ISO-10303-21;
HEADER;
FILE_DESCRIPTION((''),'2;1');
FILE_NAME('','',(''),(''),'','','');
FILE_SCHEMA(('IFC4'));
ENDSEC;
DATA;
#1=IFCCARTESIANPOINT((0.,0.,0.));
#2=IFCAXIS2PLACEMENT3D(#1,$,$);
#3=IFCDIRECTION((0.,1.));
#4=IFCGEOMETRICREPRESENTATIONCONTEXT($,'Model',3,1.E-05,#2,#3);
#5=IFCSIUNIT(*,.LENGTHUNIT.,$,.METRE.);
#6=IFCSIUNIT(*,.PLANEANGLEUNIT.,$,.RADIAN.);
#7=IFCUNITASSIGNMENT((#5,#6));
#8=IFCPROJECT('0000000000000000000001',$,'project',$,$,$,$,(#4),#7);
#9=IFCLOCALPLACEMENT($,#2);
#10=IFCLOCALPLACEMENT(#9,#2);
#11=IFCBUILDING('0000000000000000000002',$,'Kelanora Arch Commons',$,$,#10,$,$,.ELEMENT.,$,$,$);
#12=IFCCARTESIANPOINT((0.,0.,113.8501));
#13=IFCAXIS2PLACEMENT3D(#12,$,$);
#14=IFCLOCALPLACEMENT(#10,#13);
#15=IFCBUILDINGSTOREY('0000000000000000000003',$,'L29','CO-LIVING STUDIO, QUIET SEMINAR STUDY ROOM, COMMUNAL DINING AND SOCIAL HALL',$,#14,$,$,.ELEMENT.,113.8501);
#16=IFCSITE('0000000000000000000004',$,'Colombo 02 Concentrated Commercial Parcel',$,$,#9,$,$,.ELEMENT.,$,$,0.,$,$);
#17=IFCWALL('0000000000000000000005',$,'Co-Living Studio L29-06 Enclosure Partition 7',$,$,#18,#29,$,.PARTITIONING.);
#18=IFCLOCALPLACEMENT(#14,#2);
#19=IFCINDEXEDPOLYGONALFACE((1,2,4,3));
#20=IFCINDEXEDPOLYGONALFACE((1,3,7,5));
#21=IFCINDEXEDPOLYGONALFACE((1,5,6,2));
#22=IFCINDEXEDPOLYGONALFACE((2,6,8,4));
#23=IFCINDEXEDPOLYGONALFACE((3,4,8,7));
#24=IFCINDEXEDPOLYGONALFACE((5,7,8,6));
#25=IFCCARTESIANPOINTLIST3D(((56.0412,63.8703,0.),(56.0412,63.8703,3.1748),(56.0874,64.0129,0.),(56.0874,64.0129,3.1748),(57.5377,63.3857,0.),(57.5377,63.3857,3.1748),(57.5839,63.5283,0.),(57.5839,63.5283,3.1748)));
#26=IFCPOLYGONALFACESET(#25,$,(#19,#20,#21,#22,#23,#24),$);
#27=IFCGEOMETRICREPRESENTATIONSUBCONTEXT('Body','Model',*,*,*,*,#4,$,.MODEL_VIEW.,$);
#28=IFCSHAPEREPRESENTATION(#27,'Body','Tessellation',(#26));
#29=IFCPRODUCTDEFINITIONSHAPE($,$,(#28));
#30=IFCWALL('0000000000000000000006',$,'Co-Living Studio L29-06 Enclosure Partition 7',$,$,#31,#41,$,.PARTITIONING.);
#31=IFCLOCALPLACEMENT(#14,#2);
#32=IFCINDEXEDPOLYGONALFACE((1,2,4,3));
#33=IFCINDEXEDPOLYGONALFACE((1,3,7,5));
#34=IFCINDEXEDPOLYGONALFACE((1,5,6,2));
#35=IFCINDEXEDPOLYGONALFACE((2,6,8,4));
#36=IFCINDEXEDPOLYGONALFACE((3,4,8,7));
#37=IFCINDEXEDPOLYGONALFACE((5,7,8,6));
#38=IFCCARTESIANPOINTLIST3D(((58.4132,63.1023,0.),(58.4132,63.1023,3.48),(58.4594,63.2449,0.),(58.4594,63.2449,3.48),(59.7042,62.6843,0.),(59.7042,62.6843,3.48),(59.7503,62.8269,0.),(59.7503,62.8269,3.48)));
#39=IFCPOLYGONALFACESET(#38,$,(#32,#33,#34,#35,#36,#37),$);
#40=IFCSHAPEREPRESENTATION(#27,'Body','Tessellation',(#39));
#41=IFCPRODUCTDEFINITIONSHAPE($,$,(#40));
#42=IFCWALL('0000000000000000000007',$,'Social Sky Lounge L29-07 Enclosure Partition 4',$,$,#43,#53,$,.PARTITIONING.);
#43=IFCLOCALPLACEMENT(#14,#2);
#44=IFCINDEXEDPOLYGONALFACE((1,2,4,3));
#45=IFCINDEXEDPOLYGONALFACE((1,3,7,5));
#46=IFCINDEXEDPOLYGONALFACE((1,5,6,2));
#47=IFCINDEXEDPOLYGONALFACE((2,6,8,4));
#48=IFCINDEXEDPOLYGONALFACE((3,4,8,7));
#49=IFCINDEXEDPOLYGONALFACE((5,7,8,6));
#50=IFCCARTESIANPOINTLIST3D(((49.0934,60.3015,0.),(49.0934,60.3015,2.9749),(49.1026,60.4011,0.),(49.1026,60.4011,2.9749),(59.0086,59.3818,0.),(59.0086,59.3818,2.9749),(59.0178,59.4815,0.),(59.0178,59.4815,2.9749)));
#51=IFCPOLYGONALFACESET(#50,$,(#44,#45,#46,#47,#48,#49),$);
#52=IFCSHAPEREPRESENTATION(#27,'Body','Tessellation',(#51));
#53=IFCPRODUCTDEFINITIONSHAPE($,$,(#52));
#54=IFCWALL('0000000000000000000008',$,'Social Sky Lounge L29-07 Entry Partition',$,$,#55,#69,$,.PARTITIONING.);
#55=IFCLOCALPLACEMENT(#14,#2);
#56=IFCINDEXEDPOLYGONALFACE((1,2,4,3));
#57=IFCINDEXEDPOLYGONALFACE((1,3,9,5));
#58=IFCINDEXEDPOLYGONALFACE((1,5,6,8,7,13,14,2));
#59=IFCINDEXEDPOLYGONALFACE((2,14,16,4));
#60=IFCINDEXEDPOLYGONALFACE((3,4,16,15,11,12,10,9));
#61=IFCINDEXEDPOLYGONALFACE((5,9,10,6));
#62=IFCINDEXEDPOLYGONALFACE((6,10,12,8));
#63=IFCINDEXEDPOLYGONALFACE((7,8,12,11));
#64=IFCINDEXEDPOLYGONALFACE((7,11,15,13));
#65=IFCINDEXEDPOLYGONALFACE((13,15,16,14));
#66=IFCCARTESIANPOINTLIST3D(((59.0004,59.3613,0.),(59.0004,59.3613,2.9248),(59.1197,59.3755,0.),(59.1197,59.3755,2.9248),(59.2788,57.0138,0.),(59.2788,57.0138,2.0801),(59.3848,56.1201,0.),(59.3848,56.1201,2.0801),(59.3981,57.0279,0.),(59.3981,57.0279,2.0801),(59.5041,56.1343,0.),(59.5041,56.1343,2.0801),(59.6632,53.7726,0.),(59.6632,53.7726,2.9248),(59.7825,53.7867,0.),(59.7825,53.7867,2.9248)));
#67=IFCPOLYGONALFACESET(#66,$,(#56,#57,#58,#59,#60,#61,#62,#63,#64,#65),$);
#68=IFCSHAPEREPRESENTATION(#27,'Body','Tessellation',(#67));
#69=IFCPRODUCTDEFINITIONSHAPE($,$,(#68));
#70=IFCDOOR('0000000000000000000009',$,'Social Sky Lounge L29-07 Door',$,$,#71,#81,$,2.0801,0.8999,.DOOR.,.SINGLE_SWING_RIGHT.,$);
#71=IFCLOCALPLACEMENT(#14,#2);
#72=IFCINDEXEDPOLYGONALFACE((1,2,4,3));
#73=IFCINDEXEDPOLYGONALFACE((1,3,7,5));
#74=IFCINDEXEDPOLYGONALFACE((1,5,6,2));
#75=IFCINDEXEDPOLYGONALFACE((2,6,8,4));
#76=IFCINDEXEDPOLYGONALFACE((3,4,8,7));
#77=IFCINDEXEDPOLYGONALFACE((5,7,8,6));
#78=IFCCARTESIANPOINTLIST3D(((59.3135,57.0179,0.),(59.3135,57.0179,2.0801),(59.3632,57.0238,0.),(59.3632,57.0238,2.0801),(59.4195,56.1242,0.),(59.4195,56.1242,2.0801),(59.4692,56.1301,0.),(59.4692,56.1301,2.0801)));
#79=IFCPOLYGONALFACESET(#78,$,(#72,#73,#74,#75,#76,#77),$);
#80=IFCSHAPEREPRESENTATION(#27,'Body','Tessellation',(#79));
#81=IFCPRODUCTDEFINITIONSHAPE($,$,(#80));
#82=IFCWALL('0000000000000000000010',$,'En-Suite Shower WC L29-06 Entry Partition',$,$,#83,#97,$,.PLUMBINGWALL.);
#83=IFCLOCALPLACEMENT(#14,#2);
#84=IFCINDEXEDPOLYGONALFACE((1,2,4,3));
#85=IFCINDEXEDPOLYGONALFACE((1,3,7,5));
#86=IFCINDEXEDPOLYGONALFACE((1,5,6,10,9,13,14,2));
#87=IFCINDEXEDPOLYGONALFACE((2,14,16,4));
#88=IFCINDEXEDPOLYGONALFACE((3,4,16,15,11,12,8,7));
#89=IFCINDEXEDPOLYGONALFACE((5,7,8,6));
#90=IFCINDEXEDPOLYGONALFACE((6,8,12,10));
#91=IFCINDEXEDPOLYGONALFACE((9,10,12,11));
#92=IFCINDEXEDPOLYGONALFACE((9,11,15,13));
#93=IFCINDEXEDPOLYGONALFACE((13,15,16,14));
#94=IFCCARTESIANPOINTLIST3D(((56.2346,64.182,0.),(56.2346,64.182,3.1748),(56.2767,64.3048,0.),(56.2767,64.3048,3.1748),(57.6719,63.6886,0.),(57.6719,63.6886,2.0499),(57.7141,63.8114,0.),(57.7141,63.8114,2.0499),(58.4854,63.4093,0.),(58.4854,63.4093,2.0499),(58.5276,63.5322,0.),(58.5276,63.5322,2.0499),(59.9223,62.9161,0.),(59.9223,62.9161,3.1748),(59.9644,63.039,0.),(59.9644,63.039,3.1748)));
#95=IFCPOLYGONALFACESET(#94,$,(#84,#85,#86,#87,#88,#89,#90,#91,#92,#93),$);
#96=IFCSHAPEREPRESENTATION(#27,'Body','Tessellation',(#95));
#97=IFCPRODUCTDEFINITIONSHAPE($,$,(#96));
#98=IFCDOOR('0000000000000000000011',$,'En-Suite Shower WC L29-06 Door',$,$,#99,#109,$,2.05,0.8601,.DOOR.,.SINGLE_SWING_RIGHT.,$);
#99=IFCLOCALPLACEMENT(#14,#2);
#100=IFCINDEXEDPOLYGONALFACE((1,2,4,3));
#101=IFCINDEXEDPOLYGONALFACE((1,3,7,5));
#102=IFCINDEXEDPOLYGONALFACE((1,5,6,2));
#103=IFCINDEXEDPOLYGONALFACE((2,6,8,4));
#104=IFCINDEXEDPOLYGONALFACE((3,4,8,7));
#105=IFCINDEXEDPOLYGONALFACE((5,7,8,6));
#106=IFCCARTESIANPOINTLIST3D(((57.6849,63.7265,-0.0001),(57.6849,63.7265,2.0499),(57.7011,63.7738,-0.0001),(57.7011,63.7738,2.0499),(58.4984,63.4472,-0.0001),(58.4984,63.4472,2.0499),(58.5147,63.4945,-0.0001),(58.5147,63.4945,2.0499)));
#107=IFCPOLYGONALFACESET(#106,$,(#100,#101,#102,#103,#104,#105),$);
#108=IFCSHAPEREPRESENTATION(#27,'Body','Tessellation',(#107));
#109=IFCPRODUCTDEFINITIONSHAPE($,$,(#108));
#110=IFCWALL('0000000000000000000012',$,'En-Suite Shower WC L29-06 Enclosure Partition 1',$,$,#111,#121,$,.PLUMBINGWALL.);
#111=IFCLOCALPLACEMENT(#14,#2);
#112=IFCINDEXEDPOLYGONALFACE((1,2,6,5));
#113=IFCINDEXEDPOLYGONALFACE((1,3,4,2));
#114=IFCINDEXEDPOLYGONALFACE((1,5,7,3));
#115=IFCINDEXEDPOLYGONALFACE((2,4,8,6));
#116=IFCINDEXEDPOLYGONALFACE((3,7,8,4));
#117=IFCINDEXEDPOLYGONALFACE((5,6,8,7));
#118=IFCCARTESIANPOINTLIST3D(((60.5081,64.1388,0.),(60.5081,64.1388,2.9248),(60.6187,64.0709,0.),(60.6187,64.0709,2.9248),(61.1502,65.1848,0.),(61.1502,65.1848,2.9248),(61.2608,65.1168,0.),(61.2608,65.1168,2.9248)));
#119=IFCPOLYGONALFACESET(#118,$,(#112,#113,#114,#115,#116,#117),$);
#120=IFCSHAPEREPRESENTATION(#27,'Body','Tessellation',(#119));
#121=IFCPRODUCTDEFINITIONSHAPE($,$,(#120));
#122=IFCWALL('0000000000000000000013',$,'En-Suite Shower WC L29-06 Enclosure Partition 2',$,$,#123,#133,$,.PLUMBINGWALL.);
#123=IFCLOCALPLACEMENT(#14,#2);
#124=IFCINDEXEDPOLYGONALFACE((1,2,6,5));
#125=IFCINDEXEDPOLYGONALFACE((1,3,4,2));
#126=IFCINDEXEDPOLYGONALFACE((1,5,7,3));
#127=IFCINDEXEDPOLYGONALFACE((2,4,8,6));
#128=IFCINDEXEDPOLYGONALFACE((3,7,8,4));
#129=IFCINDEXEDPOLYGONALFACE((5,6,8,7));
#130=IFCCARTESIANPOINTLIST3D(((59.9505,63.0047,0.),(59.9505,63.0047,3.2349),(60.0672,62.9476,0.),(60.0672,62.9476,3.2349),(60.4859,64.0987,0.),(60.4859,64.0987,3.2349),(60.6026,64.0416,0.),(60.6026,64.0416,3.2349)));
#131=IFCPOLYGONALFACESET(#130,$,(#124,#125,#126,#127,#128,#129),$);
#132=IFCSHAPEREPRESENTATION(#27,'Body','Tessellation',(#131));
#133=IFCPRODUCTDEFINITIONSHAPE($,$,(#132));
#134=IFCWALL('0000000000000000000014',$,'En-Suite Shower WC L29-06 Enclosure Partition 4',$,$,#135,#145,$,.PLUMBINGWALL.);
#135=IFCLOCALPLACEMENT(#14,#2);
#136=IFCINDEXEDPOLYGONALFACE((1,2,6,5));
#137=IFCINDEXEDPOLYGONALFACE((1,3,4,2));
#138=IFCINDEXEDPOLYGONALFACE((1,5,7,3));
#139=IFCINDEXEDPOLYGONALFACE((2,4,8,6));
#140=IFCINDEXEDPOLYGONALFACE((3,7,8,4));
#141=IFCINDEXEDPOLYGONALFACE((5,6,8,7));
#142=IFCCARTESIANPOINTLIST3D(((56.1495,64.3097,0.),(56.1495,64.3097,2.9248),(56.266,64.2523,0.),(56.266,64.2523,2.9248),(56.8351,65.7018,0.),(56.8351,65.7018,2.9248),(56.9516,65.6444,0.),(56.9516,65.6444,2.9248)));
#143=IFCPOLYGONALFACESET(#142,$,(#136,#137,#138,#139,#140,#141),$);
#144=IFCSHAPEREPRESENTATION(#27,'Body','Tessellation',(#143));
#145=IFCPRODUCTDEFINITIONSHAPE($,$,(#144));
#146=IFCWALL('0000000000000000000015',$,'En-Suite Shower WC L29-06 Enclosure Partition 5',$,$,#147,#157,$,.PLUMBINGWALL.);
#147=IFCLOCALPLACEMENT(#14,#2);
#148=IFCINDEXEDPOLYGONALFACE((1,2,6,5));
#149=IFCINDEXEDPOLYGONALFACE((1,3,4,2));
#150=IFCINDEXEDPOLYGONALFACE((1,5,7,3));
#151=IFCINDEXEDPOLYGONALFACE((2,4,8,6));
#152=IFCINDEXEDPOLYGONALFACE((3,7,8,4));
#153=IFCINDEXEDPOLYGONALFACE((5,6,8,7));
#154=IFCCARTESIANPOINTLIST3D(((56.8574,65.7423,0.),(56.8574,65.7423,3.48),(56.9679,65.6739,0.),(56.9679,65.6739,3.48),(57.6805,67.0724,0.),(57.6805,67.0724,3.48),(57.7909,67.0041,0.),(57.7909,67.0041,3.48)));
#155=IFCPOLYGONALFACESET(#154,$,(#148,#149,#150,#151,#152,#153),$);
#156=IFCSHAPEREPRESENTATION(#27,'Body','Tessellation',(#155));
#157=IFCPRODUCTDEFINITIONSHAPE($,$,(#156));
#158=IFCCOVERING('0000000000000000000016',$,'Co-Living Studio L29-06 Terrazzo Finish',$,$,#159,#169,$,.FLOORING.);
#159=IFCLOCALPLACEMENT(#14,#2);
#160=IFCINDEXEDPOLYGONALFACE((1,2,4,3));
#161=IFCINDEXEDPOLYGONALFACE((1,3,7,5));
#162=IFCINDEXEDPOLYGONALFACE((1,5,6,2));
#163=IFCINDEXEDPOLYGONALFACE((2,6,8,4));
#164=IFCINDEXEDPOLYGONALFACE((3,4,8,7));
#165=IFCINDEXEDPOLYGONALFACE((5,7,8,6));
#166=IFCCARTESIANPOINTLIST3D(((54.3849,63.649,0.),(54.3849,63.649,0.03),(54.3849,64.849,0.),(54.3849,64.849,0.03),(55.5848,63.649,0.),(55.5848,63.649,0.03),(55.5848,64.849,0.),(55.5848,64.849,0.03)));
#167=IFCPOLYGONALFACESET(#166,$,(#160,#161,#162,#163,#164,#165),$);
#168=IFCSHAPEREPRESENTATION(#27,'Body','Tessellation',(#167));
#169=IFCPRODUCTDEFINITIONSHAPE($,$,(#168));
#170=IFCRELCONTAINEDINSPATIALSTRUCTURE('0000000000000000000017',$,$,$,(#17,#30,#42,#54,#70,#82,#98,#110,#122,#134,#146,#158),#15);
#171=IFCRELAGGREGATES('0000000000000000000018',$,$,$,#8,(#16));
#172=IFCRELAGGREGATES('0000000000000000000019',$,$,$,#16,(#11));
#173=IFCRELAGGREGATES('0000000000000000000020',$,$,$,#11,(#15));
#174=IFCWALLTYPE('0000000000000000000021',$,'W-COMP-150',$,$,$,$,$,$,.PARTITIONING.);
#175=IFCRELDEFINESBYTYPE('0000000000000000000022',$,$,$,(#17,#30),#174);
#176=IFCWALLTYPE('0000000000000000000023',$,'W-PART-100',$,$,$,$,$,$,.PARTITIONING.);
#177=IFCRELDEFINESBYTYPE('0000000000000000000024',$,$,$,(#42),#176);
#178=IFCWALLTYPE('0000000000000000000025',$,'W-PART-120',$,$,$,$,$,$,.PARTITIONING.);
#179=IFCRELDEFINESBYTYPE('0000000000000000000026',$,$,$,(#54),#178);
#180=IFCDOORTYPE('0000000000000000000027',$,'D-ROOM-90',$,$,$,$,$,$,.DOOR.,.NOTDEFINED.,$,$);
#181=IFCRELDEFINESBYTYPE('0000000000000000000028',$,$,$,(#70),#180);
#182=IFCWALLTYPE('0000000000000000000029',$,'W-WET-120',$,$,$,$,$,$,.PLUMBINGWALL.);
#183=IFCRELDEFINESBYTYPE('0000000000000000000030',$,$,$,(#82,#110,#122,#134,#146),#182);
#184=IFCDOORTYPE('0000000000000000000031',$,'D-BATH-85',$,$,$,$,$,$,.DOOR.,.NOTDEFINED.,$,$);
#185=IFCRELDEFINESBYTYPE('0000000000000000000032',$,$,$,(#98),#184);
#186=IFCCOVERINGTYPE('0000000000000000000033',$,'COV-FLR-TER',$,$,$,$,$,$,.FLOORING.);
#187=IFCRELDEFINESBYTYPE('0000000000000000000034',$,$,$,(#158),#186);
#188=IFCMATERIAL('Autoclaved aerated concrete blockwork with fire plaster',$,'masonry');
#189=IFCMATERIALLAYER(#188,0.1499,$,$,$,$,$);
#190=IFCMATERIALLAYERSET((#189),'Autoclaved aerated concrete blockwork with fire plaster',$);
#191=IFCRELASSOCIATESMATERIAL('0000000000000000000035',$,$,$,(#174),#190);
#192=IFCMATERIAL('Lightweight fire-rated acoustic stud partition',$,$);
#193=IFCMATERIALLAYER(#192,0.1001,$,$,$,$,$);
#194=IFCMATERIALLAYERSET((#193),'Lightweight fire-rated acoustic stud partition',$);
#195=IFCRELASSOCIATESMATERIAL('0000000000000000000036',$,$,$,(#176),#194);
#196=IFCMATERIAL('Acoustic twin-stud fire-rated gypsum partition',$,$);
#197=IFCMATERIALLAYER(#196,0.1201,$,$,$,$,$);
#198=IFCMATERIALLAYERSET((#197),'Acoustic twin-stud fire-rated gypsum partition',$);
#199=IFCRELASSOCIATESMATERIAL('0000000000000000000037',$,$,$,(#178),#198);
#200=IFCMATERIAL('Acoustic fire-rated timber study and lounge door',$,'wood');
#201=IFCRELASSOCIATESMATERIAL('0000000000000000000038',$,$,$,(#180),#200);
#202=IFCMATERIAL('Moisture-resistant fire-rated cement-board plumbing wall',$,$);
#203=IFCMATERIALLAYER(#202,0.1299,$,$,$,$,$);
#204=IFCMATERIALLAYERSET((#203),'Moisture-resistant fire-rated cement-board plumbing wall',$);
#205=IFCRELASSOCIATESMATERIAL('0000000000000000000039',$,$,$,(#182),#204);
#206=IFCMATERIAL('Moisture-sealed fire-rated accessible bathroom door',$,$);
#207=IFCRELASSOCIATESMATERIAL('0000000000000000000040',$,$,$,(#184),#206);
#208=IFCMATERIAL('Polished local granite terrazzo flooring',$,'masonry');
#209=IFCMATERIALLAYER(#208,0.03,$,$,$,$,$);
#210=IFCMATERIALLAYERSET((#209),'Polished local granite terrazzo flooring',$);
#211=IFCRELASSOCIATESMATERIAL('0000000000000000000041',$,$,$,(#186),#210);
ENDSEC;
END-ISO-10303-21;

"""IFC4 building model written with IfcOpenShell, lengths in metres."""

from ifc_helpers import new_model, si_unit, direction, frame, frame_2d, origin, origin_2d, place, context, subcontext, project, spatial, rectangle, extrude, source, transform, mapped, material, layer, layer_set, type_object, element, fill, save


model = new_model("IFC4")

# Units and contexts
model_context = context("Model", 3, precision=1e-05, world=origin(), true_north=direction((0.0, 1.0)))
body_context = subcontext(model_context, "Body", "Model", "MODEL_VIEW")
ifc_project = project(units=[si_unit("LENGTHUNIT", "METRE"), si_unit("PLANEANGLEUNIT", "RADIAN")], contexts=[model_context])

# Site, building, storey
site_placement = place(None, origin())
site = spatial("IfcSite", under=ifc_project, at=site_placement, Name="Colombo 02 Concentrated Commercial Parcel", CompositionType="ELEMENT", RefElevation=0.0)
building_placement = place(site_placement, origin())
building = spatial("IfcBuilding", under=site, at=building_placement, Name="Kelanora Arch Commons", CompositionType="ELEMENT")
storey_placement = place(building_placement, frame((0.0, 0.0, 113.8501)))
storey = spatial("IfcBuildingStorey", under=building, at=storey_placement, Name="L29", Description="CO-LIVING STUDIO, QUIET SEMINAR STUDY ROOM, COMMUNAL DINING AND SOCIAL HALL", CompositionType="ELEMENT", Elevation=113.8501)

# Shared definitions
ifc_material_1 = material(Name="Autoclaved aerated concrete blockwork with fire plaster", Category="masonry")
ifc_layer_1 = layer(ifc_material_1, 0.1499)
ifc_layer_set_1 = layer_set([ifc_layer_1], Name="Autoclaved aerated concrete blockwork with fire plaster")
wall_type_1 = type_object("IfcWallType", Name="W-COMP-150", PredefinedType="PARTITIONING", material=ifc_layer_set_1)

# Walls
wall_1_placement = place(storey_placement, frame((56.0642, 63.9417, 0.0), z_axis=(0.0, 0.0, 1.0), x_axis=(0.951364, -0.308068, 0.0)))
element("IfcWall", 1, at=wall_1_placement, inside=storey, type_object=wall_type_1, Name="Co-Living Studio L29-06 Enclosure Partition 7", PredefinedType="PARTITIONING", context=body_context, shape_type="SweptSolid", body=[
    extrude(rectangle(XDim=1.573, YDim=0.1499, at=frame_2d((0.7866, 0.0))), origin(), (0.0, 0.0, 1.0), 3.1748),
])
wall_2_placement = place(storey_placement, frame((58.4363, 63.1736, 0.0), z_axis=(0.0, 0.0, 1.0), x_axis=(0.951383, -0.308012, 0.0)))
element("IfcWall", 2, at=wall_2_placement, inside=storey, type_object=wall_type_1, Name="Co-Living Studio L29-06 Enclosure Partition 7", PredefinedType="PARTITIONING", context=body_context, shape_type="SweptSolid", body=[
    extrude(rectangle(XDim=1.3569, YDim=0.1499, at=frame_2d((0.6785, 0.0))), origin(), (0.0, 0.0, 1.0), 3.48),
])
ifc_material_2 = material(Name="Lightweight fire-rated acoustic stud partition")
ifc_layer_2 = layer(ifc_material_2, 0.1001)
ifc_layer_set_2 = layer_set([ifc_layer_2], Name="Lightweight fire-rated acoustic stud partition")
wall_type_2 = type_object("IfcWallType", Name="W-PART-100", PredefinedType="PARTITIONING", material=ifc_layer_set_2)
wall_3_placement = place(storey_placement, frame((49.0979, 60.3513, 0.0), z_axis=(0.0, 0.0, 1.0), x_axis=(0.995726, -0.092357, 0.0)))
element("IfcWall", 3, at=wall_3_placement, inside=storey, type_object=wall_type_2, Name="Social Sky Lounge L29-07 Enclosure Partition 4", PredefinedType="PARTITIONING", context=body_context, shape_type="SweptSolid", body=[
    extrude(rectangle(XDim=9.9578, YDim=0.1001, at=frame_2d((4.979, 0.0))), origin(), (0.0, 0.0, 1.0), 2.9749),
])

# Walls, openings, doors
ifc_material_3 = material(Name="Acoustic twin-stud fire-rated gypsum partition")
ifc_layer_3 = layer(ifc_material_3, 0.1201)
ifc_layer_set_3 = layer_set([ifc_layer_3], Name="Acoustic twin-stud fire-rated gypsum partition")
wall_type_3 = type_object("IfcWallType", Name="W-PART-120", PredefinedType="PARTITIONING", material=ifc_layer_set_3)
wall_4_placement = place(storey_placement, frame((59.0601, 59.3684, 0.0), z_axis=(0.0, 0.0, 1.0), x_axis=(0.117775, -0.99304, 0.0)))
wall_4 = element("IfcWall", 4, at=wall_4_placement, inside=storey, type_object=wall_type_3, Name="Social Sky Lounge L29-07 Entry Partition", PredefinedType="PARTITIONING", context=body_context, shape_type="SweptSolid", body=[
    extrude(rectangle(XDim=5.6279, YDim=0.1201, at=frame_2d((2.814, 0.0))), origin(), (0.0, 0.0, 1.0), 2.9248),
])
opening_1_placement = place(wall_4_placement, frame((2.364, 0.0, 0.0)))
opening_1 = element("IfcOpeningElement", 5, at=opening_1_placement, cuts=wall_4, PredefinedType="OPENING", context=body_context, shape_type="SweptSolid", body=[
    extrude(rectangle(XDim=0.8999, YDim=2.0801, at=frame_2d((0.45, 1.04))), frame((0.0, 0.0701, 0.0), z_axis=(0.0, -1.0, 0.0), x_axis=(1.0, 0.0, 0.0)), (0.0, 0.0, 1.0), 0.1401),
])
ifc_material_4 = material(Name="Acoustic fire-rated timber study and lounge door", Category="wood")
door_type_1 = type_object("IfcDoorType", Name="D-ROOM-90", OperationType="NOTDEFINED", PredefinedType="DOOR", material=ifc_material_4)
door_1_placement = place(opening_1_placement, origin())
door_1 = element("IfcDoor", 6, at=door_1_placement, inside=storey, type_object=door_type_1, Name="Social Sky Lounge L29-07 Door", OperationType="SINGLE_SWING_RIGHT", OverallHeight=2.0801, OverallWidth=0.8999, PredefinedType="DOOR", context=body_context, shape_type="SweptSolid", body=[
    extrude(rectangle(XDim=0.8999, YDim=2.0801, at=frame_2d((0.45, 1.04))), frame((0.0, 0.0249, 0.0), z_axis=(0.0, -1.0, 0.0), x_axis=(1.0, 0.0, 0.0)), (0.0, 0.0, 1.0), 0.05),
])
fill(opening_1, door_1)
ifc_material_5 = material(Name="Moisture-resistant fire-rated cement-board plumbing wall")
ifc_layer_4 = layer(ifc_material_5, 0.1299)
ifc_layer_set_4 = layer_set([ifc_layer_4], Name="Moisture-resistant fire-rated cement-board plumbing wall")
wall_type_4 = type_object("IfcWallType", Name="W-WET-120", PredefinedType="PLUMBINGWALL", material=ifc_layer_set_4)
wall_5_placement = place(storey_placement, frame((59.9434, 62.9775, 0.0), z_axis=(0.0, 0.0, 1.0), x_axis=(-0.945828, 0.324668, 0.0)))
wall_5 = element("IfcWall", 7, at=wall_5_placement, inside=storey, type_object=wall_type_4, Name="En-Suite Shower WC L29-06 Entry Partition", PredefinedType="PLUMBINGWALL", context=body_context, shape_type="SweptSolid", body=[
    extrude(rectangle(XDim=3.8989, YDim=0.1299, at=frame_2d((1.9495, 0.0))), origin(), (0.0, 0.0, 1.0), 3.1748),
])
opening_2_placement = place(wall_5_placement, frame((1.519, 0.0, 0.0)))
opening_2 = element("IfcOpeningElement", 8, at=opening_2_placement, cuts=wall_5, PredefinedType="OPENING", context=body_context, shape_type="SweptSolid", body=[
    extrude(rectangle(XDim=0.8601, YDim=2.05, at=frame_2d((0.4302, 1.0249))), frame((0.0, 0.075, 0.0), z_axis=(0.0, -1.0, 0.0), x_axis=(1.0, 0.0, 0.0)), (0.0, 0.0, 1.0), 0.1499),
])
ifc_material_6 = material(Name="Moisture-sealed fire-rated accessible bathroom door")
door_type_2 = type_object("IfcDoorType", Name="D-BATH-85", OperationType="NOTDEFINED", PredefinedType="DOOR", material=ifc_material_6)
door_2_placement = place(opening_2_placement, origin())
door_2 = element("IfcDoor", 9, at=door_2_placement, inside=storey, type_object=door_type_2, Name="En-Suite Shower WC L29-06 Door", OperationType="SINGLE_SWING_RIGHT", OverallHeight=2.05, OverallWidth=0.8601, PredefinedType="DOOR", context=body_context, shape_type="SweptSolid", body=[
    extrude(rectangle(XDim=0.8601, YDim=2.05, at=frame_2d((0.4302, 1.0249))), frame((0.0, 0.0249, 0.0), z_axis=(0.0, -1.0, 0.0), x_axis=(1.0, 0.0, 0.0)), (0.0, 0.0, 1.0), 0.05),
])
fill(opening_2, door_2)

# Walls
wall_6_placement = place(storey_placement, frame((61.2056, 65.1509, 0.0), z_axis=(0.0, 0.0, 1.0), x_axis=(-0.523187, -0.852218, 0.0)))
element("IfcWall", 10, at=wall_6_placement, inside=storey, type_object=wall_type_4, Name="En-Suite Shower WC L29-06 Enclosure Partition 1", PredefinedType="PLUMBINGWALL", context=body_context, shape_type="SweptSolid", body=[
    extrude(rectangle(XDim=1.2273, YDim=0.1299, at=frame_2d((0.6138, 0.0))), origin(), (0.0, 0.0, 1.0), 2.9248),
])
wall_7_placement = place(storey_placement, frame((60.5442, 64.0701, 0.0), z_axis=(0.0, 0.0, 1.0), x_axis=(-0.43958, -0.898203, 0.0)))
element("IfcWall", 11, at=wall_7_placement, inside=storey, type_object=wall_type_4, Name="En-Suite Shower WC L29-06 Enclosure Partition 2", PredefinedType="PLUMBINGWALL", context=body_context, shape_type="SweptSolid", body=[
    extrude(rectangle(XDim=1.218, YDim=0.1299, at=frame_2d((0.6089, 0.0))), origin(), (0.0, 0.0, 1.0), 3.2349),
])
wall_8_placement = place(storey_placement, frame((56.2078, 64.281, 0.0), z_axis=(0.0, 0.0, 1.0), x_axis=(0.441793, 0.897117, 0.0)))
element("IfcWall", 12, at=wall_8_placement, inside=storey, type_object=wall_type_4, Name="En-Suite Shower WC L29-06 Enclosure Partition 4", PredefinedType="PLUMBINGWALL", context=body_context, shape_type="SweptSolid", body=[
    extrude(rectangle(XDim=1.5518, YDim=0.1299, at=frame_2d((0.7759, 0.0))), origin(), (0.0, 0.0, 1.0), 2.9248),
])
wall_9_placement = place(storey_placement, frame((56.9126, 65.708, 0.0), z_axis=(0.0, 0.0, 1.0), x_axis=(0.526177, 0.850375, 0.0)))
element("IfcWall", 13, at=wall_9_placement, inside=storey, type_object=wall_type_4, Name="En-Suite Shower WC L29-06 Enclosure Partition 5", PredefinedType="PLUMBINGWALL", context=body_context, shape_type="SweptSolid", body=[
    extrude(rectangle(XDim=1.5642, YDim=0.1299, at=frame_2d((0.7822, 0.0))), origin(), (0.0, 0.0, 1.0), 3.48),
])

# Covering
ifc_material_7 = material(Name="Polished local granite terrazzo flooring", Category="masonry")
ifc_layer_5 = layer(ifc_material_7, 0.03)
ifc_layer_set_5 = layer_set([ifc_layer_5], Name="Polished local granite terrazzo flooring")
covering_type = type_object("IfcCoveringType", Name="COV-FLR-TER", PredefinedType="FLOORING", material=ifc_layer_set_5)
shared_shape_1 = source(origin(), body_context, "Body", "SweptSolid", [
    extrude(rectangle(XDim=1.2, YDim=1.2, at=origin_2d()), origin(), (0.0, 0.0, 1.0), 0.03),
])
covering_placement = place(storey_placement, frame((54.9849, 64.249, 0.0), z_axis=(0.0, 0.0, 1.0), x_axis=(1.0, 0.0, 0.0)))
element("IfcCovering", 14, at=covering_placement, inside=storey, type_object=covering_type, Name="Co-Living Studio L29-06 Terrazzo Finish", PredefinedType="FLOORING", context=body_context, shape_type="MappedRepresentation", body=[
    mapped(shared_shape_1, transform((0.0, 0.0, 0.0), scale=1.0)),
])

save(model, "model.ifc")
